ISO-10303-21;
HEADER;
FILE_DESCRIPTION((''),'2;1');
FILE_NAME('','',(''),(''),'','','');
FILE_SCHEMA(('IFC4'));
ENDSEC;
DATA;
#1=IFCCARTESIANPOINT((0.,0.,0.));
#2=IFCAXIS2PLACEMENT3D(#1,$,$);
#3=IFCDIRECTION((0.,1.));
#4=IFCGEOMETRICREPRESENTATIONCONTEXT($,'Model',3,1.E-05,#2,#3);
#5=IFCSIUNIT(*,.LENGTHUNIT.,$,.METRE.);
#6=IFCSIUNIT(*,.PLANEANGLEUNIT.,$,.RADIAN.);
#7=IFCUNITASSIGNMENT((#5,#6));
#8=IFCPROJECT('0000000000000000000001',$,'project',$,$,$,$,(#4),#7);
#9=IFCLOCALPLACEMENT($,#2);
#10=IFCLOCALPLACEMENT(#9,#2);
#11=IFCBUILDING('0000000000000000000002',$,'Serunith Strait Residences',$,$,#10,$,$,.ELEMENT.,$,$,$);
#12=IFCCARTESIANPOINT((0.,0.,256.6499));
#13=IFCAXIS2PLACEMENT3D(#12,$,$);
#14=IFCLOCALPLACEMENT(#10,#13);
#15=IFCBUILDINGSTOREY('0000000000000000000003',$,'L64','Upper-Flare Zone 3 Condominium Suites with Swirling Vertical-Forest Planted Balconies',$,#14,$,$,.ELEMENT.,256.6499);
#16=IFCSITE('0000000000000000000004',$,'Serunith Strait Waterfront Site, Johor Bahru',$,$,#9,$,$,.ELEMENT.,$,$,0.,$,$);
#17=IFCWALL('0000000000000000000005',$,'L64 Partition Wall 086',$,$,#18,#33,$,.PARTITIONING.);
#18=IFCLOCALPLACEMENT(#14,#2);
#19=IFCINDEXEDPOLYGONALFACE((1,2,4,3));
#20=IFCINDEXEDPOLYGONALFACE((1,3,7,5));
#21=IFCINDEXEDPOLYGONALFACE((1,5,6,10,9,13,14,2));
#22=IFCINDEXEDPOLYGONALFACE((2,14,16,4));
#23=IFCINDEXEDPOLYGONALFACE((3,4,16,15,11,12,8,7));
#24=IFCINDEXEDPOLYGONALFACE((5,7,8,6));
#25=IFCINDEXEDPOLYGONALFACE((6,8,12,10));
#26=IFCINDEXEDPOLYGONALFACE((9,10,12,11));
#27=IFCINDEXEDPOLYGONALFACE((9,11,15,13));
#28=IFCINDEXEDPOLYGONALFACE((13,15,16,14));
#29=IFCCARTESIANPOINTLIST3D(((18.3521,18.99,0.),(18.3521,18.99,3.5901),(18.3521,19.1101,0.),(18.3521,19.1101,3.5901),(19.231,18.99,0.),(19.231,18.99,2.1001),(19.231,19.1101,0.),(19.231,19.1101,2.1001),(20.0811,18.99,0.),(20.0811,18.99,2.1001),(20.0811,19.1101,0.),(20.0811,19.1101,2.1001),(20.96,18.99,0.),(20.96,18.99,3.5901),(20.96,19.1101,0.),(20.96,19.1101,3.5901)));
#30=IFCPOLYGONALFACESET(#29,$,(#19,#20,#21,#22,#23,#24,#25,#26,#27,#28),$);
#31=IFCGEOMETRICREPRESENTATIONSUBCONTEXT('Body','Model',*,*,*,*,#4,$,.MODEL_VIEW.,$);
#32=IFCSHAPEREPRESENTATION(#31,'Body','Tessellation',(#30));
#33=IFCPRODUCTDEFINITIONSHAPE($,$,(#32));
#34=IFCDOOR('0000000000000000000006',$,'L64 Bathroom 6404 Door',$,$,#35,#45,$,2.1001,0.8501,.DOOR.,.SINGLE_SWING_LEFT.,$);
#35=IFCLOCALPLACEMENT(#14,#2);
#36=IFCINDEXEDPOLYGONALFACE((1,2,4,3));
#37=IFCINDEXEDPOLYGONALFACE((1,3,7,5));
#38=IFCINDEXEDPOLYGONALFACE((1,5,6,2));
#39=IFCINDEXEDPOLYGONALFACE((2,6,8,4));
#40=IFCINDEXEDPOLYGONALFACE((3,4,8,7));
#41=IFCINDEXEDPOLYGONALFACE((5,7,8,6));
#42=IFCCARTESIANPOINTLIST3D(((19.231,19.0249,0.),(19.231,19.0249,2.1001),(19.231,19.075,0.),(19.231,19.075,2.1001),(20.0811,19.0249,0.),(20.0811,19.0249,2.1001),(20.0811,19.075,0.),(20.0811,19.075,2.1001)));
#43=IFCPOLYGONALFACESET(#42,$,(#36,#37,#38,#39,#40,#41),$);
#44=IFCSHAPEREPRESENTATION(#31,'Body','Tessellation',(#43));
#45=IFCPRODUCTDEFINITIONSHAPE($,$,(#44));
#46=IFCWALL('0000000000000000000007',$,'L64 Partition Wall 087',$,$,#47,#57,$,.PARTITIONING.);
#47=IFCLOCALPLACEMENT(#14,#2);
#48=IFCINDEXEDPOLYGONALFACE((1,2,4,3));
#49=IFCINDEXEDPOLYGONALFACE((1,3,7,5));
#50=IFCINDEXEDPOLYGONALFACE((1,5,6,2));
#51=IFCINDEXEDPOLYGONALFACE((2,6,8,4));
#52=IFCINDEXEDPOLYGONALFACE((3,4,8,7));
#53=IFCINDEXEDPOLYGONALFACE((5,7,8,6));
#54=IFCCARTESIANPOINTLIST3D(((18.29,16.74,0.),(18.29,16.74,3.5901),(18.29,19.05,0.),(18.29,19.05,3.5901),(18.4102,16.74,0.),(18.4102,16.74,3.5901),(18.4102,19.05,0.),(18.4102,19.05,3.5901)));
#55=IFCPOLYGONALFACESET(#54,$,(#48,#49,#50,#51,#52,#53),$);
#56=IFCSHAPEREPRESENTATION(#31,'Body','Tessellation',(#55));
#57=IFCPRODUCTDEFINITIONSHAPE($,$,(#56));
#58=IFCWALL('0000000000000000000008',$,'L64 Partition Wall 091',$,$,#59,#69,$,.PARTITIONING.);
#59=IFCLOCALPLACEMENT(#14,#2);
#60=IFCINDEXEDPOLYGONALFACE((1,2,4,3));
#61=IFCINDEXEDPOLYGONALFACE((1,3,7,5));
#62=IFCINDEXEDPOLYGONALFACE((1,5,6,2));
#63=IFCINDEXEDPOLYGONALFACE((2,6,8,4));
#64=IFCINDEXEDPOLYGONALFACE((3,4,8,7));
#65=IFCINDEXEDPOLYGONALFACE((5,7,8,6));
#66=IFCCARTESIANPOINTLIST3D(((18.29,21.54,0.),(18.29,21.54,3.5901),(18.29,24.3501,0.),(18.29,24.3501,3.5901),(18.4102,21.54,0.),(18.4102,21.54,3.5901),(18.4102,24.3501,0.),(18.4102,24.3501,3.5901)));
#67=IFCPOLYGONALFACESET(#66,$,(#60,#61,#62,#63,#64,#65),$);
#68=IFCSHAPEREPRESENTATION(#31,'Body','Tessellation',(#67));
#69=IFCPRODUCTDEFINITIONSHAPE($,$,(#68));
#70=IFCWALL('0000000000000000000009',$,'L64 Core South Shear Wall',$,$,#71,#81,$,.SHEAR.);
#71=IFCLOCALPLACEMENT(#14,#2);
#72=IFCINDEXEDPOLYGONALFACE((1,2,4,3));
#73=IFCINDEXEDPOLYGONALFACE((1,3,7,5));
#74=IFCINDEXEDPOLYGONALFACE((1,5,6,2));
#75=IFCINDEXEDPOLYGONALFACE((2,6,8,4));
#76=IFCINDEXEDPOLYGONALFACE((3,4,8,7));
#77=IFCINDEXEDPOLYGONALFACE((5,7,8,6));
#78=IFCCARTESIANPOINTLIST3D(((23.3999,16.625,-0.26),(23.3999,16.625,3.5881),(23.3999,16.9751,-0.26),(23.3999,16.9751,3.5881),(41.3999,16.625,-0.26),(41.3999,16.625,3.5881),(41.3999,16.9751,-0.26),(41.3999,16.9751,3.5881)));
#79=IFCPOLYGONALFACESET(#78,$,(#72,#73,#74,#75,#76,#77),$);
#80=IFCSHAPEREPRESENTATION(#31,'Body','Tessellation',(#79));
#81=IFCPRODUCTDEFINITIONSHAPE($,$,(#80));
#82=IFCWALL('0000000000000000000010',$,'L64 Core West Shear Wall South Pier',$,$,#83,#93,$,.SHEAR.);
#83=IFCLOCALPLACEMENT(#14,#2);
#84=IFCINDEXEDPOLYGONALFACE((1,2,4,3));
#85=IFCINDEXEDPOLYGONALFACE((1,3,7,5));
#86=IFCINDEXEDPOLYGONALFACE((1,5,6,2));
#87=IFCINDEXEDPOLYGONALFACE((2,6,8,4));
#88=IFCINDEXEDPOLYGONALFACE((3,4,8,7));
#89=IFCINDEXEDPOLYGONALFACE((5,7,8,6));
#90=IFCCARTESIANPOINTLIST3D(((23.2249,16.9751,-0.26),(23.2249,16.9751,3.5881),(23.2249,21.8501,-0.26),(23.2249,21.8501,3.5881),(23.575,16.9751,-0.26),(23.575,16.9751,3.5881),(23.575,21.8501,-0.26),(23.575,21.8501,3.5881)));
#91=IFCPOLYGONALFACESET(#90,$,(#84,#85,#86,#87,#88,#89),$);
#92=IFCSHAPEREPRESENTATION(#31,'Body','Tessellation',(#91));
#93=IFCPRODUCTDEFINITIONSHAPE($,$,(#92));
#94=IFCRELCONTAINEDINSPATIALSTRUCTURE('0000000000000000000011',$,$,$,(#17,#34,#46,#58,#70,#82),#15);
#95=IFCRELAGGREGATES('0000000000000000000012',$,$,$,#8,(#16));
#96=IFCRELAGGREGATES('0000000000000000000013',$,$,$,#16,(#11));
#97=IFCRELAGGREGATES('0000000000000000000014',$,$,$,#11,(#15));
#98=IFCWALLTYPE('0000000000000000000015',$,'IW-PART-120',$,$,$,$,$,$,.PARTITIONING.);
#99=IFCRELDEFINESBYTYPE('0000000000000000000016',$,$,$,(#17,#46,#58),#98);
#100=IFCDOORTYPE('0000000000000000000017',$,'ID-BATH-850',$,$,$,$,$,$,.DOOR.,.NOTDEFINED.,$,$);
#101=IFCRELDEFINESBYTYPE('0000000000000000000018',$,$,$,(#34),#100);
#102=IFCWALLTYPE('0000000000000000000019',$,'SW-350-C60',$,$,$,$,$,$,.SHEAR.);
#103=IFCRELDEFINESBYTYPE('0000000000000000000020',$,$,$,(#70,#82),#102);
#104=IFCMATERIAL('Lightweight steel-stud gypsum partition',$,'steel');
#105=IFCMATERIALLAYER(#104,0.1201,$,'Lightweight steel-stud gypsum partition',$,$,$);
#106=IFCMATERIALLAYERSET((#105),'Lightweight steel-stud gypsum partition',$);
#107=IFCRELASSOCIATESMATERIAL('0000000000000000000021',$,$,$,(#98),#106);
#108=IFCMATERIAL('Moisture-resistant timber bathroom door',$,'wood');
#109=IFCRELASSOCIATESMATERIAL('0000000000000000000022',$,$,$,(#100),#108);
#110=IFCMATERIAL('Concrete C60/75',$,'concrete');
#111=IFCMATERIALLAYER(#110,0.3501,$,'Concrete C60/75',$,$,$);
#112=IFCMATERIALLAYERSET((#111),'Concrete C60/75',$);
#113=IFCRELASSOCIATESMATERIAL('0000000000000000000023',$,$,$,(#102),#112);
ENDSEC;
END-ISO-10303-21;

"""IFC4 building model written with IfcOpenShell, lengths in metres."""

from ifc_helpers import new_model, si_unit, direction, frame, frame_2d, origin, place, context, subcontext, project, spatial, rectangle, extrude, source, transform, mapped, material, layer, layer_set, type_object, element, fill, save


model = new_model("IFC4")

# Units and contexts
model_context = context("Model", 3, precision=1e-05, world=origin(), true_north=direction((0.0, 1.0)))
body_context = subcontext(model_context, "Body", "Model", "MODEL_VIEW")
ifc_project = project(units=[si_unit("LENGTHUNIT", "METRE"), si_unit("PLANEANGLEUNIT", "RADIAN")], contexts=[model_context])

# Site, building, storey
site_placement = place(None, origin())
site = spatial("IfcSite", under=ifc_project, at=site_placement, Name="Serunith Strait Waterfront Site, Johor Bahru", CompositionType="ELEMENT", RefElevation=0.0)
building_placement = place(site_placement, origin())
building = spatial("IfcBuilding", under=site, at=building_placement, Name="Serunith Strait Residences", CompositionType="ELEMENT")
storey_placement = place(building_placement, frame((0.0, 0.0, 256.6499)))
storey = spatial("IfcBuildingStorey", under=building, at=storey_placement, Name="L64", Description="Upper-Flare Zone 3 Condominium Suites with Swirling Vertical-Forest Planted Balconies", CompositionType="ELEMENT", Elevation=256.6499)

# Shared definitions
ifc_material_1 = material(Name="Lightweight steel-stud gypsum partition", Category="steel")
ifc_layer_1 = layer(ifc_material_1, 0.1201, Name="Lightweight steel-stud gypsum partition")
ifc_layer_set_1 = layer_set([ifc_layer_1], Name="Lightweight steel-stud gypsum partition")
wall_type_1 = type_object("IfcWallType", Name="IW-PART-120", PredefinedType="PARTITIONING", material=ifc_layer_set_1)

# Wall, opening, door
ifc_material_2 = material(Name="Moisture-resistant timber bathroom door", Category="wood")
door_type_1 = type_object("IfcDoorType", Name="ID-BATH-850", OperationType="NOTDEFINED", PredefinedType="DOOR", material=ifc_material_2)
shared_shape_1 = source(origin(), body_context, "Body", "SweptSolid", [
    extrude(rectangle(XDim=0.8501, YDim=2.1001, at=frame_2d((0.425, 1.05))), frame((0.0, 0.0249, 0.0), z_axis=(0.0, -1.0, 0.0), x_axis=(1.0, 0.0, 0.0)), (0.0, 0.0, 1.0), 0.05),
])
wall_1_placement = place(storey_placement, frame((18.3521, 19.05, 0.0), z_axis=(0.0, 0.0, 1.0), x_axis=(1.0, 0.0, 0.0)))
wall_1 = element("IfcWall", 1, at=wall_1_placement, inside=storey, type_object=wall_type_1, Name="L64 Partition Wall 086", PredefinedType="PARTITIONING", context=body_context, shape_type="SweptSolid", body=[
    extrude(rectangle(XDim=2.6079, YDim=0.1201, at=frame_2d((1.304, 0.0))), origin(), (0.0, 0.0, 1.0), 3.5901),
])
opening_1_placement = place(wall_1_placement, frame((0.8789, 0.0, 0.0)))
opening_1 = element("IfcOpeningElement", 2, at=opening_1_placement, cuts=wall_1, PredefinedType="OPENING", context=body_context, shape_type="SweptSolid", body=[
    extrude(rectangle(XDim=0.8501, YDim=2.1001, at=frame_2d((0.425, 1.05))), frame((0.0, 0.0701, 0.0), z_axis=(0.0, -1.0, 0.0), x_axis=(1.0, 0.0, 0.0)), (0.0, 0.0, 1.0), 0.1401),
])
door_1_placement = place(opening_1_placement, origin())
door_1 = element("IfcDoor", 3, at=door_1_placement, inside=storey, type_object=door_type_1, Name="L64 Bathroom 6404 Door", OperationType="SINGLE_SWING_LEFT", OverallHeight=2.1001, OverallWidth=0.8501, PredefinedType="DOOR", context=body_context, shape_type="MappedRepresentation", body=[
    mapped(shared_shape_1, transform((0.0, 0.0, 0.0), scale=1.0)),
])
fill(opening_1, door_1)

# Walls
wall_2_placement = place(storey_placement, frame((18.3501, 16.74, 0.0), z_axis=(0.0, 0.0, 1.0), x_axis=(0.0, 1.0, 0.0)))
element("IfcWall", 4, at=wall_2_placement, inside=storey, type_object=wall_type_1, Name="L64 Partition Wall 087", PredefinedType="PARTITIONING", context=body_context, shape_type="SweptSolid", body=[
    extrude(rectangle(XDim=2.3101, YDim=0.1201, at=frame_2d((1.155, 0.0))), origin(), (0.0, 0.0, 1.0), 3.5901),
])
wall_3_placement = place(storey_placement, frame((18.3501, 21.54, 0.0), z_axis=(0.0, 0.0, 1.0), x_axis=(0.0, 1.0, 0.0)))
element("IfcWall", 5, at=wall_3_placement, inside=storey, type_object=wall_type_1, Name="L64 Partition Wall 091", PredefinedType="PARTITIONING", context=body_context, shape_type="SweptSolid", body=[
    extrude(rectangle(XDim=2.8101, YDim=0.1201, at=frame_2d((1.405, 0.0))), origin(), (0.0, 0.0, 1.0), 3.5901),
])

# Walls
ifc_material_3 = material(Name="Concrete C60/75", Category="concrete")
ifc_layer_2 = layer(ifc_material_3, 0.3501, Name="Concrete C60/75")
ifc_layer_set_2 = layer_set([ifc_layer_2], Name="Concrete C60/75")
wall_type_2 = type_object("IfcWallType", Name="SW-350-C60", PredefinedType="SHEAR", material=ifc_layer_set_2)
wall_4_placement = place(storey_placement, frame((23.3999, 16.8, -0.26), z_axis=(0.0, 0.0, 1.0), x_axis=(1.0, 0.0, 0.0)))
element("IfcWall", 6, at=wall_4_placement, inside=storey, type_object=wall_type_2, Name="L64 Core South Shear Wall", PredefinedType="SHEAR", context=body_context, shape_type="SweptSolid", body=[
    extrude(rectangle(XDim=18.0, YDim=0.3501, at=frame_2d((9.0, 0.0))), origin(), (0.0, 0.0, 1.0), 3.8481),
])
wall_5_placement = place(storey_placement, frame((23.3999, 16.9751, -0.26), z_axis=(0.0, 0.0, 1.0), x_axis=(0.0, 1.0, 0.0)))
element("IfcWall", 7, at=wall_5_placement, inside=storey, type_object=wall_type_2, Name="L64 Core West Shear Wall South Pier", PredefinedType="SHEAR", context=body_context, shape_type="SweptSolid", body=[
    extrude(rectangle(XDim=4.875, YDim=0.3501, at=frame_2d((2.4375, 0.0))), origin(), (0.0, 0.0, 1.0), 3.8481),
])

save(model, "model.ifc")
